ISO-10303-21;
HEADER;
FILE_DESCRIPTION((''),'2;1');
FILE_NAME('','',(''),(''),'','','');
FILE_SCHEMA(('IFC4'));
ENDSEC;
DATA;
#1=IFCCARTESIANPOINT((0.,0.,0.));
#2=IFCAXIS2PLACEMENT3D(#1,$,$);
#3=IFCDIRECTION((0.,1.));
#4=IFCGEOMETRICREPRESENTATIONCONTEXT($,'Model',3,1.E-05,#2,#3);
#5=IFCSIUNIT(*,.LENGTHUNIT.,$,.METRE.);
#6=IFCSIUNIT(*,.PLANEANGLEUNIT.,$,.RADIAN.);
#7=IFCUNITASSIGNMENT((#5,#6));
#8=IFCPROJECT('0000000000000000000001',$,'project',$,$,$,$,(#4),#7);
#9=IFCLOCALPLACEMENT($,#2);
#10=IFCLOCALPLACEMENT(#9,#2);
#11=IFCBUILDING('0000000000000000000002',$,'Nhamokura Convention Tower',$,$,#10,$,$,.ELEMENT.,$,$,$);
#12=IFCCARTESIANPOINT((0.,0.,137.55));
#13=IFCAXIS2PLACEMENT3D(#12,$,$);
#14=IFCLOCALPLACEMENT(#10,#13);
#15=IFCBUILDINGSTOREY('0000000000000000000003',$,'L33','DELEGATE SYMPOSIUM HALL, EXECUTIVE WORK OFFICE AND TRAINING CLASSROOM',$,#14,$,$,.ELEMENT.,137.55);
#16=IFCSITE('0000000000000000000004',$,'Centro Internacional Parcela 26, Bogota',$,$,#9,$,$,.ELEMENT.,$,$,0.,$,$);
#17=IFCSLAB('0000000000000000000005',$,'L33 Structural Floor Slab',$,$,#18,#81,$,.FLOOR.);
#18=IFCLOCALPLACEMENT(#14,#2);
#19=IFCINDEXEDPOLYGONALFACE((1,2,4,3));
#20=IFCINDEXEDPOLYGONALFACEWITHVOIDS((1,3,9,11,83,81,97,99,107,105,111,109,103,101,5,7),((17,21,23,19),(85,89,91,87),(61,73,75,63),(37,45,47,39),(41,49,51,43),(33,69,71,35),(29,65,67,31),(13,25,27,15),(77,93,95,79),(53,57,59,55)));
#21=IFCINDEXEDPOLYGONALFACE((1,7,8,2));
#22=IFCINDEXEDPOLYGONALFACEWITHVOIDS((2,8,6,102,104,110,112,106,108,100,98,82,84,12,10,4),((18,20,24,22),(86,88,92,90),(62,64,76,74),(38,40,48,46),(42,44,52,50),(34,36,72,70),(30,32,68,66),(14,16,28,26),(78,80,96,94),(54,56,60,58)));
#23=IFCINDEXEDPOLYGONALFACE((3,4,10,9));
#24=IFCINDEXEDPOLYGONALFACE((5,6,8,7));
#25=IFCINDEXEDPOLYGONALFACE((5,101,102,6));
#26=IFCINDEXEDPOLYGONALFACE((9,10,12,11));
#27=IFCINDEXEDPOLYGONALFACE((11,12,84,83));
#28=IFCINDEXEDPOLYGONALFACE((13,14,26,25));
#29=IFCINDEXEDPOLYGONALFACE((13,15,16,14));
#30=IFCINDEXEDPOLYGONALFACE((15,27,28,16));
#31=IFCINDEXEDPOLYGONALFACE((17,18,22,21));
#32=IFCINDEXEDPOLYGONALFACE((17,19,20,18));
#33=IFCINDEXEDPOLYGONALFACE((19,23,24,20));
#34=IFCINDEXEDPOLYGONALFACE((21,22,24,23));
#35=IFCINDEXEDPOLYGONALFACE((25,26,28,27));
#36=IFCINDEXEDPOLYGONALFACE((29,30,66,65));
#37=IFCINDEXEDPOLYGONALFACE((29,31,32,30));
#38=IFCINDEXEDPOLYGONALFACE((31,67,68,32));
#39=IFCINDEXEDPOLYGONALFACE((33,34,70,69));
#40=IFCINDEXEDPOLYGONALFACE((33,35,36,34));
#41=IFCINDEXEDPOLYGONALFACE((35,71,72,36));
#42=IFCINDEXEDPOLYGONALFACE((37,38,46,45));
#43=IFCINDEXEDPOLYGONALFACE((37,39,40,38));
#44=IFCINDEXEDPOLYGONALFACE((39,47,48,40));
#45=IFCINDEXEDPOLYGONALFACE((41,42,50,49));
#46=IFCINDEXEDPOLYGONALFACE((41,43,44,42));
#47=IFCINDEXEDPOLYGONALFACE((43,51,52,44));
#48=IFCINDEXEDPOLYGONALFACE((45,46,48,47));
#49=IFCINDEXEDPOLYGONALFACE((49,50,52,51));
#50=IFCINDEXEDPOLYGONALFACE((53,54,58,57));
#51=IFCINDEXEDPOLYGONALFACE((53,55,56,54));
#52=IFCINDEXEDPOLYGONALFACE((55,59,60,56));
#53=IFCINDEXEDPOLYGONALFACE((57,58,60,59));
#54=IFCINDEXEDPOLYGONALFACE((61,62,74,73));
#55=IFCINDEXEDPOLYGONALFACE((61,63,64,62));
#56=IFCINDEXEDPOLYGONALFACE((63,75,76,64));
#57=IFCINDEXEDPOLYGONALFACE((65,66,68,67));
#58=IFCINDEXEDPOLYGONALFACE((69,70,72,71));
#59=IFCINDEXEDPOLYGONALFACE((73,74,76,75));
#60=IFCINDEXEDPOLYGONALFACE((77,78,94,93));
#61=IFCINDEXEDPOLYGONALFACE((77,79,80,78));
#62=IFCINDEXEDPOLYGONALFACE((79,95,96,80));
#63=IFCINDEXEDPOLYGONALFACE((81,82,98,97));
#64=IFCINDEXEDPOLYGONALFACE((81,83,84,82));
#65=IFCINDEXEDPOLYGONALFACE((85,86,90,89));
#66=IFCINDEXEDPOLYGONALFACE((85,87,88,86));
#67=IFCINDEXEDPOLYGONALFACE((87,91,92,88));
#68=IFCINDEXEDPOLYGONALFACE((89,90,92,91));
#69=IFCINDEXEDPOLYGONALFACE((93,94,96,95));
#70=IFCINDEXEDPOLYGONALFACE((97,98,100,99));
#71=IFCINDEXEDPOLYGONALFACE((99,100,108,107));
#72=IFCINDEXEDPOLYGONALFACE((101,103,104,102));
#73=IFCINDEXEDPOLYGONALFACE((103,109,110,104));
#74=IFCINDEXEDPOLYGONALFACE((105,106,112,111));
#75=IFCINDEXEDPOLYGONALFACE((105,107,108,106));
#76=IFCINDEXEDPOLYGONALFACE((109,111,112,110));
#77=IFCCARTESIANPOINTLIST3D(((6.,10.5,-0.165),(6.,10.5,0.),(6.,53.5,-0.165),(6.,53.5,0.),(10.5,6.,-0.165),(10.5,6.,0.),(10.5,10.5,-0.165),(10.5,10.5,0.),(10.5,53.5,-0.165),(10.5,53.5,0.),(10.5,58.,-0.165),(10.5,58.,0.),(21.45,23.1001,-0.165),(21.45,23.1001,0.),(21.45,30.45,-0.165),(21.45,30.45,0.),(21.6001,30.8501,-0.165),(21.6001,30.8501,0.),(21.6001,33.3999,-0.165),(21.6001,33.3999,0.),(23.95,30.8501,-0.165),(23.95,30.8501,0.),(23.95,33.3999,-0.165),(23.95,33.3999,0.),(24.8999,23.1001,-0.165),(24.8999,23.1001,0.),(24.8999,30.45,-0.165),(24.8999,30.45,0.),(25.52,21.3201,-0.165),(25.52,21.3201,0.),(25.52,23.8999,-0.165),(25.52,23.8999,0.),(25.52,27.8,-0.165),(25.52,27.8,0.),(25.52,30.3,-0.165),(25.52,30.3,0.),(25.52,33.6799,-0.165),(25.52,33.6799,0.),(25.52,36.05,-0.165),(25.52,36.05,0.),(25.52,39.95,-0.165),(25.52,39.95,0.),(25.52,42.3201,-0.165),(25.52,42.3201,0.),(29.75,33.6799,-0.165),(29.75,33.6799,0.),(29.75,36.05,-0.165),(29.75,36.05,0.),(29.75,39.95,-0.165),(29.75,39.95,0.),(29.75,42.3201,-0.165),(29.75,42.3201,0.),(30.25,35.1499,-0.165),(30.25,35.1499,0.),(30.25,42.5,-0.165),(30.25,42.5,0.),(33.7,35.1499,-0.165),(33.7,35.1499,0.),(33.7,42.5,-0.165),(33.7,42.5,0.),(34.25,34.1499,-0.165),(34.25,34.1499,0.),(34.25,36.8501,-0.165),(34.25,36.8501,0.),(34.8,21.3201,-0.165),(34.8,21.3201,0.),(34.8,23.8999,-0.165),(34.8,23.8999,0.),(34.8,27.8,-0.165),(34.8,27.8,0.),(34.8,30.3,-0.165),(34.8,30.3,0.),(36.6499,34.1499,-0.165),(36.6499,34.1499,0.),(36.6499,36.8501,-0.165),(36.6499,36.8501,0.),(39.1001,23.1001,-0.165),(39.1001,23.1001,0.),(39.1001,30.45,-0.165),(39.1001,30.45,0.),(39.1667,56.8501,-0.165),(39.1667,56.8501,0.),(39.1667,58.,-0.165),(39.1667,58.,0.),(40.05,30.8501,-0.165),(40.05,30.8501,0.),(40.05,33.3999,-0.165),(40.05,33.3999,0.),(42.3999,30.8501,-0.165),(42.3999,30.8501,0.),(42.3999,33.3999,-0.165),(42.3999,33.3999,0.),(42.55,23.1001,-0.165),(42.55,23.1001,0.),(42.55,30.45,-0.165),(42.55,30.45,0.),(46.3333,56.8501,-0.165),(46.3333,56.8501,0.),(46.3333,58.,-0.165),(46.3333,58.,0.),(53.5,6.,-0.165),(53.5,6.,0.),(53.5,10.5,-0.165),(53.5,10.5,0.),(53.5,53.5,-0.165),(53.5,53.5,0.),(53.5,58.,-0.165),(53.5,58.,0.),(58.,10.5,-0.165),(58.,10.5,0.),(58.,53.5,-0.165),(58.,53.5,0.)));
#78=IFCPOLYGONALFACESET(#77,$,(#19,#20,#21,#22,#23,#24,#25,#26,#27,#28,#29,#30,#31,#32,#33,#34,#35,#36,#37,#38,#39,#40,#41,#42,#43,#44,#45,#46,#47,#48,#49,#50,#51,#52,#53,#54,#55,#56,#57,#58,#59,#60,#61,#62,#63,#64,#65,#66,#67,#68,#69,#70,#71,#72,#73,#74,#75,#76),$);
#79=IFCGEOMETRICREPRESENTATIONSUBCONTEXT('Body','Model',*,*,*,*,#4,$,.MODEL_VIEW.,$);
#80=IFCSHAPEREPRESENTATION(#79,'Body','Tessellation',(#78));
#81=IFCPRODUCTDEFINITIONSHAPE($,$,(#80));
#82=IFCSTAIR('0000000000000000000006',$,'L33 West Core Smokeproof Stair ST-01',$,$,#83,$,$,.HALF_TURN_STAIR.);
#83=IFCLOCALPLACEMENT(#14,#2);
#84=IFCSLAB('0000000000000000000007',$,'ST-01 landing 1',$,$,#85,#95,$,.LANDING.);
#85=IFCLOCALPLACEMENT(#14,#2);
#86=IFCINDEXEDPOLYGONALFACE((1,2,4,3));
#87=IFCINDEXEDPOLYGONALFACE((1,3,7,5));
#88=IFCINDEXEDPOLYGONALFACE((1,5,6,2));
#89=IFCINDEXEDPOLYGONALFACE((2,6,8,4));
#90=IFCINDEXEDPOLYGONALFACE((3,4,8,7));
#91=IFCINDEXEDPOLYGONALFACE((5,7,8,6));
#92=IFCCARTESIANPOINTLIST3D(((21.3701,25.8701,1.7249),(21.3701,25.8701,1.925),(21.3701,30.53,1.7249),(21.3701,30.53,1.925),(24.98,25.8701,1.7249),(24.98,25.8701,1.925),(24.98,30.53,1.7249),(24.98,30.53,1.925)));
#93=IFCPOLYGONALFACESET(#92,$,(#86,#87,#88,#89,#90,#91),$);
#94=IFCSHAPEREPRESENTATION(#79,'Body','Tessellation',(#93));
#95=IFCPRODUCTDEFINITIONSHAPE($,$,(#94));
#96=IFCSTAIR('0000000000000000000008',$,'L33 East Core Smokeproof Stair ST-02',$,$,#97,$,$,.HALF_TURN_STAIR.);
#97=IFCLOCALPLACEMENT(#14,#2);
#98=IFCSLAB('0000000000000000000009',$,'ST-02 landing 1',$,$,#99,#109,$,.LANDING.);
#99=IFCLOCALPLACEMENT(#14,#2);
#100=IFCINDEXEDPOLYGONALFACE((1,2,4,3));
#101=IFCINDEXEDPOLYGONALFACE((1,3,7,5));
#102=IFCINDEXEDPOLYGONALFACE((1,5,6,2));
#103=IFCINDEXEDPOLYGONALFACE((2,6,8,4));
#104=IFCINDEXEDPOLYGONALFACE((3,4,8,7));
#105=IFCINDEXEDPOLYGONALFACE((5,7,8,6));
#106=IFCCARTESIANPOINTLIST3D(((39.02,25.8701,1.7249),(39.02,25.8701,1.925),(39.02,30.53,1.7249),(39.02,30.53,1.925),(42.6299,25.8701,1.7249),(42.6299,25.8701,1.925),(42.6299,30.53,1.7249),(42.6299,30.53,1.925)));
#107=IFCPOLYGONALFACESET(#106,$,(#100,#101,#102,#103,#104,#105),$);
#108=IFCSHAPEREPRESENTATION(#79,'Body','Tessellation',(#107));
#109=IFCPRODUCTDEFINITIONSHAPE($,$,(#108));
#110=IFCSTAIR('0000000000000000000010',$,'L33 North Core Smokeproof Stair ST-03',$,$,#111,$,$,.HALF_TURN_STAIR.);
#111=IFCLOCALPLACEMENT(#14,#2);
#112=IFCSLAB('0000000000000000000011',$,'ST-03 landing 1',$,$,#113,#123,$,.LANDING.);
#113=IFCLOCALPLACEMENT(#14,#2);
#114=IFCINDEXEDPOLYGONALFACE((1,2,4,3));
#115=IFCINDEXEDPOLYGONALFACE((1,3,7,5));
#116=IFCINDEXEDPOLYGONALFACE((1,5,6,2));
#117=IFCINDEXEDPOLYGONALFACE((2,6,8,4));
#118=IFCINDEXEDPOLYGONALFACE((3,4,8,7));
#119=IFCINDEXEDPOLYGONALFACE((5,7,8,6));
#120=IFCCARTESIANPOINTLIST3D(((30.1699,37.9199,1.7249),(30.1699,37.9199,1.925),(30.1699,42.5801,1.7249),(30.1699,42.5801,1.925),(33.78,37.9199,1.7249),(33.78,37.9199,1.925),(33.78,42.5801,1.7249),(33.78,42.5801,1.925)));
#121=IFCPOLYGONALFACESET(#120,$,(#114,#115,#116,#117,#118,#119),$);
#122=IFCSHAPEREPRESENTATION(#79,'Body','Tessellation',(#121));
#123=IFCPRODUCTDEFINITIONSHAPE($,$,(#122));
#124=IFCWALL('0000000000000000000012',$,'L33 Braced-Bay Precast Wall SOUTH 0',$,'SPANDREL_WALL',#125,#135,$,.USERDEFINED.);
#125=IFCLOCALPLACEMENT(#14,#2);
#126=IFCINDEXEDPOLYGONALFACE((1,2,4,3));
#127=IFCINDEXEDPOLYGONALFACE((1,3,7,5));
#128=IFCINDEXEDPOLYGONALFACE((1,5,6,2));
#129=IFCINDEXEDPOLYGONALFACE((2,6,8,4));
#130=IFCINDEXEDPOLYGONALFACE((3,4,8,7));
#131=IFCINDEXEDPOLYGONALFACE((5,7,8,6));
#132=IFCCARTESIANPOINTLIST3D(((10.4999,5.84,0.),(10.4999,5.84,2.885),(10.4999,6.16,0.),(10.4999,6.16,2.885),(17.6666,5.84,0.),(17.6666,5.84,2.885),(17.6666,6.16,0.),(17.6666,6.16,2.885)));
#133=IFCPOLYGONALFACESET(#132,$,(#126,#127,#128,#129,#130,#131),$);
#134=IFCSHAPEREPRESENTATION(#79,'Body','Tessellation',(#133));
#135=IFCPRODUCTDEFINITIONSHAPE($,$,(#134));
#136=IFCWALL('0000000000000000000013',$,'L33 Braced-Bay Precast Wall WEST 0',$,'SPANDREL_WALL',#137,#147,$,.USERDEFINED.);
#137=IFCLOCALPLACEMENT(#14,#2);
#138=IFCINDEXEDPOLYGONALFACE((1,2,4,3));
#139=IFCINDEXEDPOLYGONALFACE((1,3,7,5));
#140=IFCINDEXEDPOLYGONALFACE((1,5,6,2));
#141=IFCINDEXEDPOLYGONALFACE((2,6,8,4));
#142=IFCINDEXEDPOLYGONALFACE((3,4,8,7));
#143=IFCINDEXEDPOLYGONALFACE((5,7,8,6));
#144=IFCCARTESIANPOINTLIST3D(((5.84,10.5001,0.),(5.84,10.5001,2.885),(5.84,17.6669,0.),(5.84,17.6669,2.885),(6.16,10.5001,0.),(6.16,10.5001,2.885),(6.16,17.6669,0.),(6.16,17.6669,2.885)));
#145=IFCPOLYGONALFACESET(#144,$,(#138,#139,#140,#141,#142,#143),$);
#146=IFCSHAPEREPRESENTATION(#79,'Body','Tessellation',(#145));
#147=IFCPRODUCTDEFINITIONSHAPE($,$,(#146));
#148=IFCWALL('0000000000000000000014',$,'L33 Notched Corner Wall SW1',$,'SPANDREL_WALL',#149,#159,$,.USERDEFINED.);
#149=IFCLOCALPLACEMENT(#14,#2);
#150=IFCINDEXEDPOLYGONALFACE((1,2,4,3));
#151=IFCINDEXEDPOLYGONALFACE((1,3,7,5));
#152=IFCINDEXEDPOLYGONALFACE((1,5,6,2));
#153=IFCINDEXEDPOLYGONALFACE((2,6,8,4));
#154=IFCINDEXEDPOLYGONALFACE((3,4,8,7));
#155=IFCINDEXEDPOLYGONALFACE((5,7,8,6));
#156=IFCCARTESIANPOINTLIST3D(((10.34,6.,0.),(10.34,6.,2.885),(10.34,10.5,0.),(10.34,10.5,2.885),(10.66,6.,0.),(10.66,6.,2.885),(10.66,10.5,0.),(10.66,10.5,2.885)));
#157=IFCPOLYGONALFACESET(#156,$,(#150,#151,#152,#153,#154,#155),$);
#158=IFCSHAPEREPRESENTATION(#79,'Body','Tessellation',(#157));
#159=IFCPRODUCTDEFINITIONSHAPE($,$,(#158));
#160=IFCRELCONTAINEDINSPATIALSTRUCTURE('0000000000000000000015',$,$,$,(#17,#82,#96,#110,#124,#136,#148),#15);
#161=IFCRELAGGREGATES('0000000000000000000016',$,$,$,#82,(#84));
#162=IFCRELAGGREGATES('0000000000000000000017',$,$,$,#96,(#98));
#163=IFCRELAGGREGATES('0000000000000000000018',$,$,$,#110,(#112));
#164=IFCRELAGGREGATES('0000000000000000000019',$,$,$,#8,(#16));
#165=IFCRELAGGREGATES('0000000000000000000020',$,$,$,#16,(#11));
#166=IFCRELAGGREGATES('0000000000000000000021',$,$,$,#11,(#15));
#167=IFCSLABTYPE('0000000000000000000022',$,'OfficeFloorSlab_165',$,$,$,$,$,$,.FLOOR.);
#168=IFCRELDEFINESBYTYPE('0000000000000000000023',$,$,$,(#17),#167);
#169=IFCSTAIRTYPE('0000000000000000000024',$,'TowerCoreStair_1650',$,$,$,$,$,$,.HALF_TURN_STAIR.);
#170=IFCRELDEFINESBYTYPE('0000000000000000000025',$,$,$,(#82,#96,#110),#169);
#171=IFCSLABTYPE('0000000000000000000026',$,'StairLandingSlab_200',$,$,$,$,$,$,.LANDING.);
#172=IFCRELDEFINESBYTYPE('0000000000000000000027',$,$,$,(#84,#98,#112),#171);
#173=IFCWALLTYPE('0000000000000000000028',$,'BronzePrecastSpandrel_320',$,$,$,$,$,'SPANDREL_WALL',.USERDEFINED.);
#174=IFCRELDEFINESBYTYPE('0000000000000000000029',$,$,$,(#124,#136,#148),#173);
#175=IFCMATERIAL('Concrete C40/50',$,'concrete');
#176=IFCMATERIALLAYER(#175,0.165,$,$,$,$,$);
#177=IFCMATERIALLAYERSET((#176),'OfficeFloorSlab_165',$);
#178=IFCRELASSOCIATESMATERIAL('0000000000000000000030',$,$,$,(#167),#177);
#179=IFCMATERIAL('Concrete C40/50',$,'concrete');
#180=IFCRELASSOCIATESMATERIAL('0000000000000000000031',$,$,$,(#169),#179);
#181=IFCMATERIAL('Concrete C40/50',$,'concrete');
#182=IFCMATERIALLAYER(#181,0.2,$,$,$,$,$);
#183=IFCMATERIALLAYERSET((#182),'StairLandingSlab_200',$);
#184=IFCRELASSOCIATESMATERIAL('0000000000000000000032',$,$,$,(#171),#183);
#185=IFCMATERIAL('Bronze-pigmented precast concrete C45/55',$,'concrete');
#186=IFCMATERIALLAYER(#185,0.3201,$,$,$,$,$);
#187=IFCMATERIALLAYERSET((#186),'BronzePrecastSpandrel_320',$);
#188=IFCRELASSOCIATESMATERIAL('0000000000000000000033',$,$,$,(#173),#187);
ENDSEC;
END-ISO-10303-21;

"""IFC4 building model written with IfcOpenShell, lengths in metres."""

from ifc_helpers import new_model, si_unit, direction, frame, frame_2d, origin, place, context, subcontext, project, spatial, polyline, rectangle, outline, extrude, material, layer, layer_set, type_object, element, aggregate, save


model = new_model("IFC4")

# Units and contexts
model_context = context("Model", 3, precision=1e-05, world=origin(), true_north=direction((0.0, 1.0)))
body_context = subcontext(model_context, "Body", "Model", "MODEL_VIEW")
ifc_project = project(units=[si_unit("LENGTHUNIT", "METRE"), si_unit("PLANEANGLEUNIT", "RADIAN")], contexts=[model_context])

# Site, building, storey
site_placement = place(None, origin())
site = spatial("IfcSite", under=ifc_project, at=site_placement, Name="Centro Internacional Parcela 26, Bogota", CompositionType="ELEMENT", RefElevation=0.0)
building_placement = place(site_placement, origin())
building = spatial("IfcBuilding", under=site, at=building_placement, Name="Nhamokura Convention Tower", CompositionType="ELEMENT")
storey_placement = place(building_placement, frame((0.0, 0.0, 137.55)))
storey = spatial("IfcBuildingStorey", under=building, at=storey_placement, Name="L33", Description="DELEGATE SYMPOSIUM HALL, EXECUTIVE WORK OFFICE AND TRAINING CLASSROOM", CompositionType="ELEMENT", Elevation=137.55)

# Slab
ifc_material_1 = material(Name="Concrete C40/50", Category="concrete")
ifc_layer_1 = layer(ifc_material_1, 0.165)
ifc_layer_set_1 = layer_set([ifc_layer_1], Name="OfficeFloorSlab_165")
slab_type_1 = type_object("IfcSlabType", Name="OfficeFloorSlab_165", PredefinedType="FLOOR", material=ifc_layer_set_1)
slab_1_placement = place(storey_placement, frame((0.0, 0.0, -0.165)))
element("IfcSlab", 1, at=slab_1_placement, inside=storey, type_object=slab_type_1, Name="L33 Structural Floor Slab", PredefinedType="FLOOR", context=body_context, shape_type="SweptSolid", body=[
    extrude(outline(polyline([(10.5, 6.0), (53.5, 6.0), (53.5, 10.5), (58.0, 10.5), (58.0, 53.5), (53.5, 53.5), (53.5, 58.0), (46.3333, 58.0), (46.3333, 56.8501), (39.1667, 56.8501), (39.1667, 58.0), (10.5, 58.0), (10.5, 53.5), (6.0, 53.5), (6.0, 10.5), (10.5, 10.5), (10.5, 6.0)]), holes=[polyline([(24.8999, 23.1001), (24.8999, 30.45), (21.45, 30.45), (21.45, 23.1001), (24.8999, 23.1001)]), polyline([(42.55, 23.1001), (42.55, 30.45), (39.1001, 30.45), (39.1001, 23.1001), (42.55, 23.1001)]), polyline([(33.7, 35.1499), (33.7, 42.5), (30.25, 42.5), (30.25, 35.1499), (33.7, 35.1499)]), polyline([(21.6001, 30.8501), (23.95, 30.8501), (23.95, 33.3999), (21.6001, 33.3999), (21.6001, 30.8501)]), polyline([(40.05, 30.8501), (42.3999, 30.8501), (42.3999, 33.3999), (40.05, 33.3999), (40.05, 30.8501)]), polyline([(34.25, 34.1499), (36.6499, 34.1499), (36.6499, 36.8501), (34.25, 36.8501), (34.25, 34.1499)]), polyline([(25.52, 21.3201), (34.8, 21.3201), (34.8, 23.8999), (25.52, 23.8999), (25.52, 21.3201)]), polyline([(25.52, 27.8), (34.8, 27.8), (34.8, 30.3), (25.52, 30.3), (25.52, 27.8)]), polyline([(25.52, 33.6799), (29.75, 33.6799), (29.75, 36.05), (25.52, 36.05), (25.52, 33.6799)]), polyline([(25.52, 39.95), (29.75, 39.95), (29.75, 42.3201), (25.52, 42.3201), (25.52, 39.95)])]), origin(), (0.0, 0.0, 1.0), 0.165),
])

# Stairs, slabs
ifc_material_2 = material(Name="Concrete C40/50", Category="concrete")
stair_type = type_object("IfcStairType", Name="TowerCoreStair_1650", PredefinedType="HALF_TURN_STAIR", material=ifc_material_2)
stair_1_placement = place(storey_placement, origin())
stair_1 = element("IfcStair", 2, at=stair_1_placement, inside=storey, type_object=stair_type, Name="L33 West Core Smokeproof Stair ST-01", PredefinedType="HALF_TURN_STAIR")
ifc_material_3 = material(Name="Concrete C40/50", Category="concrete")
ifc_layer_2 = layer(ifc_material_3, 0.2)
ifc_layer_set_2 = layer_set([ifc_layer_2], Name="StairLandingSlab_200")
slab_type_2 = type_object("IfcSlabType", Name="StairLandingSlab_200", PredefinedType="LANDING", material=ifc_layer_set_2)
slab_2_placement = place(storey_placement, frame((0.0, 0.0, 1.7249)))
slab_2 = element("IfcSlab", 3, at=slab_2_placement, type_object=slab_type_2, Name="ST-01 landing 1", PredefinedType="LANDING", context=body_context, shape_type="SweptSolid", body=[
    extrude(outline(polyline([(24.98, 25.8701), (24.98, 30.53), (21.3701, 30.53), (21.3701, 25.8701), (24.98, 25.8701)])), origin(), (0.0, 0.0, 1.0), 0.2002),
])
aggregate(stair_1, [slab_2])
stair_2_placement = place(storey_placement, origin())
stair_2 = element("IfcStair", 4, at=stair_2_placement, inside=storey, type_object=stair_type, Name="L33 East Core Smokeproof Stair ST-02", PredefinedType="HALF_TURN_STAIR")
slab_3_placement = place(storey_placement, frame((0.0, 0.0, 1.7249)))
slab_3 = element("IfcSlab", 5, at=slab_3_placement, type_object=slab_type_2, Name="ST-02 landing 1", PredefinedType="LANDING", context=body_context, shape_type="SweptSolid", body=[
    extrude(outline(polyline([(42.6299, 25.8701), (42.6299, 30.53), (39.02, 30.53), (39.02, 25.8701), (42.6299, 25.8701)])), origin(), (0.0, 0.0, 1.0), 0.2002),
])
aggregate(stair_2, [slab_3])
stair_3_placement = place(storey_placement, origin())
stair_3 = element("IfcStair", 6, at=stair_3_placement, inside=storey, type_object=stair_type, Name="L33 North Core Smokeproof Stair ST-03", PredefinedType="HALF_TURN_STAIR")
slab_4_placement = place(storey_placement, frame((0.0, 0.0, 1.7249)))
slab_4 = element("IfcSlab", 7, at=slab_4_placement, type_object=slab_type_2, Name="ST-03 landing 1", PredefinedType="LANDING", context=body_context, shape_type="SweptSolid", body=[
    extrude(outline(polyline([(33.78, 37.9199), (33.78, 42.5801), (30.1699, 42.5801), (30.1699, 37.9199), (33.78, 37.9199)])), origin(), (0.0, 0.0, 1.0), 0.2002),
])
aggregate(stair_3, [slab_4])

# Walls
ifc_material_4 = material(Name="Bronze-pigmented precast concrete C45/55", Category="concrete")
ifc_layer_3 = layer(ifc_material_4, 0.3201)
ifc_layer_set_3 = layer_set([ifc_layer_3], Name="BronzePrecastSpandrel_320")
wall_type = type_object("IfcWallType", Name="BronzePrecastSpandrel_320", ElementType="SPANDREL_WALL", PredefinedType="USERDEFINED", material=ifc_layer_set_3)
for number, where, z_axis, x_axis, name in (
    (8, (17.6667, 6.0, 0.0), (0.0, 0.0, 1.0), (-1.0, 0.0, 0.0), "L33 Braced-Bay Precast Wall SOUTH 0"),
    (9, (6.0, 10.5, 0.0), (0.0, 0.0, 1.0), (0.0, 1.0, 0.0), "L33 Braced-Bay Precast Wall WEST 0"),
):
    element("IfcWall", number, at=place(storey_placement, frame(where, z_axis=z_axis, x_axis=x_axis)), inside=storey, type_object=wall_type, Name=name, ObjectType="SPANDREL_WALL", PredefinedType="USERDEFINED", context=body_context, shape_type="SweptSolid", body=[
        extrude(rectangle(XDim=7.1667, YDim=0.3201, at=frame_2d((3.5835, 0.0))), origin(), (0.0, 0.0, 1.0), 2.885),
    ])
wall_placement = place(storey_placement, frame((10.5, 6.0, 0.0), z_axis=(0.0, 0.0, 1.0), x_axis=(0.0, 1.0, 0.0)))
element("IfcWall", 10, at=wall_placement, inside=storey, type_object=wall_type, Name="L33 Notched Corner Wall SW1", ObjectType="SPANDREL_WALL", PredefinedType="USERDEFINED", context=body_context, shape_type="SweptSolid", body=[
    extrude(rectangle(XDim=4.5, YDim=0.3201, at=frame_2d((2.25, 0.0))), origin(), (0.0, 0.0, 1.0), 2.885),
])

save(model, "model.ifc")
